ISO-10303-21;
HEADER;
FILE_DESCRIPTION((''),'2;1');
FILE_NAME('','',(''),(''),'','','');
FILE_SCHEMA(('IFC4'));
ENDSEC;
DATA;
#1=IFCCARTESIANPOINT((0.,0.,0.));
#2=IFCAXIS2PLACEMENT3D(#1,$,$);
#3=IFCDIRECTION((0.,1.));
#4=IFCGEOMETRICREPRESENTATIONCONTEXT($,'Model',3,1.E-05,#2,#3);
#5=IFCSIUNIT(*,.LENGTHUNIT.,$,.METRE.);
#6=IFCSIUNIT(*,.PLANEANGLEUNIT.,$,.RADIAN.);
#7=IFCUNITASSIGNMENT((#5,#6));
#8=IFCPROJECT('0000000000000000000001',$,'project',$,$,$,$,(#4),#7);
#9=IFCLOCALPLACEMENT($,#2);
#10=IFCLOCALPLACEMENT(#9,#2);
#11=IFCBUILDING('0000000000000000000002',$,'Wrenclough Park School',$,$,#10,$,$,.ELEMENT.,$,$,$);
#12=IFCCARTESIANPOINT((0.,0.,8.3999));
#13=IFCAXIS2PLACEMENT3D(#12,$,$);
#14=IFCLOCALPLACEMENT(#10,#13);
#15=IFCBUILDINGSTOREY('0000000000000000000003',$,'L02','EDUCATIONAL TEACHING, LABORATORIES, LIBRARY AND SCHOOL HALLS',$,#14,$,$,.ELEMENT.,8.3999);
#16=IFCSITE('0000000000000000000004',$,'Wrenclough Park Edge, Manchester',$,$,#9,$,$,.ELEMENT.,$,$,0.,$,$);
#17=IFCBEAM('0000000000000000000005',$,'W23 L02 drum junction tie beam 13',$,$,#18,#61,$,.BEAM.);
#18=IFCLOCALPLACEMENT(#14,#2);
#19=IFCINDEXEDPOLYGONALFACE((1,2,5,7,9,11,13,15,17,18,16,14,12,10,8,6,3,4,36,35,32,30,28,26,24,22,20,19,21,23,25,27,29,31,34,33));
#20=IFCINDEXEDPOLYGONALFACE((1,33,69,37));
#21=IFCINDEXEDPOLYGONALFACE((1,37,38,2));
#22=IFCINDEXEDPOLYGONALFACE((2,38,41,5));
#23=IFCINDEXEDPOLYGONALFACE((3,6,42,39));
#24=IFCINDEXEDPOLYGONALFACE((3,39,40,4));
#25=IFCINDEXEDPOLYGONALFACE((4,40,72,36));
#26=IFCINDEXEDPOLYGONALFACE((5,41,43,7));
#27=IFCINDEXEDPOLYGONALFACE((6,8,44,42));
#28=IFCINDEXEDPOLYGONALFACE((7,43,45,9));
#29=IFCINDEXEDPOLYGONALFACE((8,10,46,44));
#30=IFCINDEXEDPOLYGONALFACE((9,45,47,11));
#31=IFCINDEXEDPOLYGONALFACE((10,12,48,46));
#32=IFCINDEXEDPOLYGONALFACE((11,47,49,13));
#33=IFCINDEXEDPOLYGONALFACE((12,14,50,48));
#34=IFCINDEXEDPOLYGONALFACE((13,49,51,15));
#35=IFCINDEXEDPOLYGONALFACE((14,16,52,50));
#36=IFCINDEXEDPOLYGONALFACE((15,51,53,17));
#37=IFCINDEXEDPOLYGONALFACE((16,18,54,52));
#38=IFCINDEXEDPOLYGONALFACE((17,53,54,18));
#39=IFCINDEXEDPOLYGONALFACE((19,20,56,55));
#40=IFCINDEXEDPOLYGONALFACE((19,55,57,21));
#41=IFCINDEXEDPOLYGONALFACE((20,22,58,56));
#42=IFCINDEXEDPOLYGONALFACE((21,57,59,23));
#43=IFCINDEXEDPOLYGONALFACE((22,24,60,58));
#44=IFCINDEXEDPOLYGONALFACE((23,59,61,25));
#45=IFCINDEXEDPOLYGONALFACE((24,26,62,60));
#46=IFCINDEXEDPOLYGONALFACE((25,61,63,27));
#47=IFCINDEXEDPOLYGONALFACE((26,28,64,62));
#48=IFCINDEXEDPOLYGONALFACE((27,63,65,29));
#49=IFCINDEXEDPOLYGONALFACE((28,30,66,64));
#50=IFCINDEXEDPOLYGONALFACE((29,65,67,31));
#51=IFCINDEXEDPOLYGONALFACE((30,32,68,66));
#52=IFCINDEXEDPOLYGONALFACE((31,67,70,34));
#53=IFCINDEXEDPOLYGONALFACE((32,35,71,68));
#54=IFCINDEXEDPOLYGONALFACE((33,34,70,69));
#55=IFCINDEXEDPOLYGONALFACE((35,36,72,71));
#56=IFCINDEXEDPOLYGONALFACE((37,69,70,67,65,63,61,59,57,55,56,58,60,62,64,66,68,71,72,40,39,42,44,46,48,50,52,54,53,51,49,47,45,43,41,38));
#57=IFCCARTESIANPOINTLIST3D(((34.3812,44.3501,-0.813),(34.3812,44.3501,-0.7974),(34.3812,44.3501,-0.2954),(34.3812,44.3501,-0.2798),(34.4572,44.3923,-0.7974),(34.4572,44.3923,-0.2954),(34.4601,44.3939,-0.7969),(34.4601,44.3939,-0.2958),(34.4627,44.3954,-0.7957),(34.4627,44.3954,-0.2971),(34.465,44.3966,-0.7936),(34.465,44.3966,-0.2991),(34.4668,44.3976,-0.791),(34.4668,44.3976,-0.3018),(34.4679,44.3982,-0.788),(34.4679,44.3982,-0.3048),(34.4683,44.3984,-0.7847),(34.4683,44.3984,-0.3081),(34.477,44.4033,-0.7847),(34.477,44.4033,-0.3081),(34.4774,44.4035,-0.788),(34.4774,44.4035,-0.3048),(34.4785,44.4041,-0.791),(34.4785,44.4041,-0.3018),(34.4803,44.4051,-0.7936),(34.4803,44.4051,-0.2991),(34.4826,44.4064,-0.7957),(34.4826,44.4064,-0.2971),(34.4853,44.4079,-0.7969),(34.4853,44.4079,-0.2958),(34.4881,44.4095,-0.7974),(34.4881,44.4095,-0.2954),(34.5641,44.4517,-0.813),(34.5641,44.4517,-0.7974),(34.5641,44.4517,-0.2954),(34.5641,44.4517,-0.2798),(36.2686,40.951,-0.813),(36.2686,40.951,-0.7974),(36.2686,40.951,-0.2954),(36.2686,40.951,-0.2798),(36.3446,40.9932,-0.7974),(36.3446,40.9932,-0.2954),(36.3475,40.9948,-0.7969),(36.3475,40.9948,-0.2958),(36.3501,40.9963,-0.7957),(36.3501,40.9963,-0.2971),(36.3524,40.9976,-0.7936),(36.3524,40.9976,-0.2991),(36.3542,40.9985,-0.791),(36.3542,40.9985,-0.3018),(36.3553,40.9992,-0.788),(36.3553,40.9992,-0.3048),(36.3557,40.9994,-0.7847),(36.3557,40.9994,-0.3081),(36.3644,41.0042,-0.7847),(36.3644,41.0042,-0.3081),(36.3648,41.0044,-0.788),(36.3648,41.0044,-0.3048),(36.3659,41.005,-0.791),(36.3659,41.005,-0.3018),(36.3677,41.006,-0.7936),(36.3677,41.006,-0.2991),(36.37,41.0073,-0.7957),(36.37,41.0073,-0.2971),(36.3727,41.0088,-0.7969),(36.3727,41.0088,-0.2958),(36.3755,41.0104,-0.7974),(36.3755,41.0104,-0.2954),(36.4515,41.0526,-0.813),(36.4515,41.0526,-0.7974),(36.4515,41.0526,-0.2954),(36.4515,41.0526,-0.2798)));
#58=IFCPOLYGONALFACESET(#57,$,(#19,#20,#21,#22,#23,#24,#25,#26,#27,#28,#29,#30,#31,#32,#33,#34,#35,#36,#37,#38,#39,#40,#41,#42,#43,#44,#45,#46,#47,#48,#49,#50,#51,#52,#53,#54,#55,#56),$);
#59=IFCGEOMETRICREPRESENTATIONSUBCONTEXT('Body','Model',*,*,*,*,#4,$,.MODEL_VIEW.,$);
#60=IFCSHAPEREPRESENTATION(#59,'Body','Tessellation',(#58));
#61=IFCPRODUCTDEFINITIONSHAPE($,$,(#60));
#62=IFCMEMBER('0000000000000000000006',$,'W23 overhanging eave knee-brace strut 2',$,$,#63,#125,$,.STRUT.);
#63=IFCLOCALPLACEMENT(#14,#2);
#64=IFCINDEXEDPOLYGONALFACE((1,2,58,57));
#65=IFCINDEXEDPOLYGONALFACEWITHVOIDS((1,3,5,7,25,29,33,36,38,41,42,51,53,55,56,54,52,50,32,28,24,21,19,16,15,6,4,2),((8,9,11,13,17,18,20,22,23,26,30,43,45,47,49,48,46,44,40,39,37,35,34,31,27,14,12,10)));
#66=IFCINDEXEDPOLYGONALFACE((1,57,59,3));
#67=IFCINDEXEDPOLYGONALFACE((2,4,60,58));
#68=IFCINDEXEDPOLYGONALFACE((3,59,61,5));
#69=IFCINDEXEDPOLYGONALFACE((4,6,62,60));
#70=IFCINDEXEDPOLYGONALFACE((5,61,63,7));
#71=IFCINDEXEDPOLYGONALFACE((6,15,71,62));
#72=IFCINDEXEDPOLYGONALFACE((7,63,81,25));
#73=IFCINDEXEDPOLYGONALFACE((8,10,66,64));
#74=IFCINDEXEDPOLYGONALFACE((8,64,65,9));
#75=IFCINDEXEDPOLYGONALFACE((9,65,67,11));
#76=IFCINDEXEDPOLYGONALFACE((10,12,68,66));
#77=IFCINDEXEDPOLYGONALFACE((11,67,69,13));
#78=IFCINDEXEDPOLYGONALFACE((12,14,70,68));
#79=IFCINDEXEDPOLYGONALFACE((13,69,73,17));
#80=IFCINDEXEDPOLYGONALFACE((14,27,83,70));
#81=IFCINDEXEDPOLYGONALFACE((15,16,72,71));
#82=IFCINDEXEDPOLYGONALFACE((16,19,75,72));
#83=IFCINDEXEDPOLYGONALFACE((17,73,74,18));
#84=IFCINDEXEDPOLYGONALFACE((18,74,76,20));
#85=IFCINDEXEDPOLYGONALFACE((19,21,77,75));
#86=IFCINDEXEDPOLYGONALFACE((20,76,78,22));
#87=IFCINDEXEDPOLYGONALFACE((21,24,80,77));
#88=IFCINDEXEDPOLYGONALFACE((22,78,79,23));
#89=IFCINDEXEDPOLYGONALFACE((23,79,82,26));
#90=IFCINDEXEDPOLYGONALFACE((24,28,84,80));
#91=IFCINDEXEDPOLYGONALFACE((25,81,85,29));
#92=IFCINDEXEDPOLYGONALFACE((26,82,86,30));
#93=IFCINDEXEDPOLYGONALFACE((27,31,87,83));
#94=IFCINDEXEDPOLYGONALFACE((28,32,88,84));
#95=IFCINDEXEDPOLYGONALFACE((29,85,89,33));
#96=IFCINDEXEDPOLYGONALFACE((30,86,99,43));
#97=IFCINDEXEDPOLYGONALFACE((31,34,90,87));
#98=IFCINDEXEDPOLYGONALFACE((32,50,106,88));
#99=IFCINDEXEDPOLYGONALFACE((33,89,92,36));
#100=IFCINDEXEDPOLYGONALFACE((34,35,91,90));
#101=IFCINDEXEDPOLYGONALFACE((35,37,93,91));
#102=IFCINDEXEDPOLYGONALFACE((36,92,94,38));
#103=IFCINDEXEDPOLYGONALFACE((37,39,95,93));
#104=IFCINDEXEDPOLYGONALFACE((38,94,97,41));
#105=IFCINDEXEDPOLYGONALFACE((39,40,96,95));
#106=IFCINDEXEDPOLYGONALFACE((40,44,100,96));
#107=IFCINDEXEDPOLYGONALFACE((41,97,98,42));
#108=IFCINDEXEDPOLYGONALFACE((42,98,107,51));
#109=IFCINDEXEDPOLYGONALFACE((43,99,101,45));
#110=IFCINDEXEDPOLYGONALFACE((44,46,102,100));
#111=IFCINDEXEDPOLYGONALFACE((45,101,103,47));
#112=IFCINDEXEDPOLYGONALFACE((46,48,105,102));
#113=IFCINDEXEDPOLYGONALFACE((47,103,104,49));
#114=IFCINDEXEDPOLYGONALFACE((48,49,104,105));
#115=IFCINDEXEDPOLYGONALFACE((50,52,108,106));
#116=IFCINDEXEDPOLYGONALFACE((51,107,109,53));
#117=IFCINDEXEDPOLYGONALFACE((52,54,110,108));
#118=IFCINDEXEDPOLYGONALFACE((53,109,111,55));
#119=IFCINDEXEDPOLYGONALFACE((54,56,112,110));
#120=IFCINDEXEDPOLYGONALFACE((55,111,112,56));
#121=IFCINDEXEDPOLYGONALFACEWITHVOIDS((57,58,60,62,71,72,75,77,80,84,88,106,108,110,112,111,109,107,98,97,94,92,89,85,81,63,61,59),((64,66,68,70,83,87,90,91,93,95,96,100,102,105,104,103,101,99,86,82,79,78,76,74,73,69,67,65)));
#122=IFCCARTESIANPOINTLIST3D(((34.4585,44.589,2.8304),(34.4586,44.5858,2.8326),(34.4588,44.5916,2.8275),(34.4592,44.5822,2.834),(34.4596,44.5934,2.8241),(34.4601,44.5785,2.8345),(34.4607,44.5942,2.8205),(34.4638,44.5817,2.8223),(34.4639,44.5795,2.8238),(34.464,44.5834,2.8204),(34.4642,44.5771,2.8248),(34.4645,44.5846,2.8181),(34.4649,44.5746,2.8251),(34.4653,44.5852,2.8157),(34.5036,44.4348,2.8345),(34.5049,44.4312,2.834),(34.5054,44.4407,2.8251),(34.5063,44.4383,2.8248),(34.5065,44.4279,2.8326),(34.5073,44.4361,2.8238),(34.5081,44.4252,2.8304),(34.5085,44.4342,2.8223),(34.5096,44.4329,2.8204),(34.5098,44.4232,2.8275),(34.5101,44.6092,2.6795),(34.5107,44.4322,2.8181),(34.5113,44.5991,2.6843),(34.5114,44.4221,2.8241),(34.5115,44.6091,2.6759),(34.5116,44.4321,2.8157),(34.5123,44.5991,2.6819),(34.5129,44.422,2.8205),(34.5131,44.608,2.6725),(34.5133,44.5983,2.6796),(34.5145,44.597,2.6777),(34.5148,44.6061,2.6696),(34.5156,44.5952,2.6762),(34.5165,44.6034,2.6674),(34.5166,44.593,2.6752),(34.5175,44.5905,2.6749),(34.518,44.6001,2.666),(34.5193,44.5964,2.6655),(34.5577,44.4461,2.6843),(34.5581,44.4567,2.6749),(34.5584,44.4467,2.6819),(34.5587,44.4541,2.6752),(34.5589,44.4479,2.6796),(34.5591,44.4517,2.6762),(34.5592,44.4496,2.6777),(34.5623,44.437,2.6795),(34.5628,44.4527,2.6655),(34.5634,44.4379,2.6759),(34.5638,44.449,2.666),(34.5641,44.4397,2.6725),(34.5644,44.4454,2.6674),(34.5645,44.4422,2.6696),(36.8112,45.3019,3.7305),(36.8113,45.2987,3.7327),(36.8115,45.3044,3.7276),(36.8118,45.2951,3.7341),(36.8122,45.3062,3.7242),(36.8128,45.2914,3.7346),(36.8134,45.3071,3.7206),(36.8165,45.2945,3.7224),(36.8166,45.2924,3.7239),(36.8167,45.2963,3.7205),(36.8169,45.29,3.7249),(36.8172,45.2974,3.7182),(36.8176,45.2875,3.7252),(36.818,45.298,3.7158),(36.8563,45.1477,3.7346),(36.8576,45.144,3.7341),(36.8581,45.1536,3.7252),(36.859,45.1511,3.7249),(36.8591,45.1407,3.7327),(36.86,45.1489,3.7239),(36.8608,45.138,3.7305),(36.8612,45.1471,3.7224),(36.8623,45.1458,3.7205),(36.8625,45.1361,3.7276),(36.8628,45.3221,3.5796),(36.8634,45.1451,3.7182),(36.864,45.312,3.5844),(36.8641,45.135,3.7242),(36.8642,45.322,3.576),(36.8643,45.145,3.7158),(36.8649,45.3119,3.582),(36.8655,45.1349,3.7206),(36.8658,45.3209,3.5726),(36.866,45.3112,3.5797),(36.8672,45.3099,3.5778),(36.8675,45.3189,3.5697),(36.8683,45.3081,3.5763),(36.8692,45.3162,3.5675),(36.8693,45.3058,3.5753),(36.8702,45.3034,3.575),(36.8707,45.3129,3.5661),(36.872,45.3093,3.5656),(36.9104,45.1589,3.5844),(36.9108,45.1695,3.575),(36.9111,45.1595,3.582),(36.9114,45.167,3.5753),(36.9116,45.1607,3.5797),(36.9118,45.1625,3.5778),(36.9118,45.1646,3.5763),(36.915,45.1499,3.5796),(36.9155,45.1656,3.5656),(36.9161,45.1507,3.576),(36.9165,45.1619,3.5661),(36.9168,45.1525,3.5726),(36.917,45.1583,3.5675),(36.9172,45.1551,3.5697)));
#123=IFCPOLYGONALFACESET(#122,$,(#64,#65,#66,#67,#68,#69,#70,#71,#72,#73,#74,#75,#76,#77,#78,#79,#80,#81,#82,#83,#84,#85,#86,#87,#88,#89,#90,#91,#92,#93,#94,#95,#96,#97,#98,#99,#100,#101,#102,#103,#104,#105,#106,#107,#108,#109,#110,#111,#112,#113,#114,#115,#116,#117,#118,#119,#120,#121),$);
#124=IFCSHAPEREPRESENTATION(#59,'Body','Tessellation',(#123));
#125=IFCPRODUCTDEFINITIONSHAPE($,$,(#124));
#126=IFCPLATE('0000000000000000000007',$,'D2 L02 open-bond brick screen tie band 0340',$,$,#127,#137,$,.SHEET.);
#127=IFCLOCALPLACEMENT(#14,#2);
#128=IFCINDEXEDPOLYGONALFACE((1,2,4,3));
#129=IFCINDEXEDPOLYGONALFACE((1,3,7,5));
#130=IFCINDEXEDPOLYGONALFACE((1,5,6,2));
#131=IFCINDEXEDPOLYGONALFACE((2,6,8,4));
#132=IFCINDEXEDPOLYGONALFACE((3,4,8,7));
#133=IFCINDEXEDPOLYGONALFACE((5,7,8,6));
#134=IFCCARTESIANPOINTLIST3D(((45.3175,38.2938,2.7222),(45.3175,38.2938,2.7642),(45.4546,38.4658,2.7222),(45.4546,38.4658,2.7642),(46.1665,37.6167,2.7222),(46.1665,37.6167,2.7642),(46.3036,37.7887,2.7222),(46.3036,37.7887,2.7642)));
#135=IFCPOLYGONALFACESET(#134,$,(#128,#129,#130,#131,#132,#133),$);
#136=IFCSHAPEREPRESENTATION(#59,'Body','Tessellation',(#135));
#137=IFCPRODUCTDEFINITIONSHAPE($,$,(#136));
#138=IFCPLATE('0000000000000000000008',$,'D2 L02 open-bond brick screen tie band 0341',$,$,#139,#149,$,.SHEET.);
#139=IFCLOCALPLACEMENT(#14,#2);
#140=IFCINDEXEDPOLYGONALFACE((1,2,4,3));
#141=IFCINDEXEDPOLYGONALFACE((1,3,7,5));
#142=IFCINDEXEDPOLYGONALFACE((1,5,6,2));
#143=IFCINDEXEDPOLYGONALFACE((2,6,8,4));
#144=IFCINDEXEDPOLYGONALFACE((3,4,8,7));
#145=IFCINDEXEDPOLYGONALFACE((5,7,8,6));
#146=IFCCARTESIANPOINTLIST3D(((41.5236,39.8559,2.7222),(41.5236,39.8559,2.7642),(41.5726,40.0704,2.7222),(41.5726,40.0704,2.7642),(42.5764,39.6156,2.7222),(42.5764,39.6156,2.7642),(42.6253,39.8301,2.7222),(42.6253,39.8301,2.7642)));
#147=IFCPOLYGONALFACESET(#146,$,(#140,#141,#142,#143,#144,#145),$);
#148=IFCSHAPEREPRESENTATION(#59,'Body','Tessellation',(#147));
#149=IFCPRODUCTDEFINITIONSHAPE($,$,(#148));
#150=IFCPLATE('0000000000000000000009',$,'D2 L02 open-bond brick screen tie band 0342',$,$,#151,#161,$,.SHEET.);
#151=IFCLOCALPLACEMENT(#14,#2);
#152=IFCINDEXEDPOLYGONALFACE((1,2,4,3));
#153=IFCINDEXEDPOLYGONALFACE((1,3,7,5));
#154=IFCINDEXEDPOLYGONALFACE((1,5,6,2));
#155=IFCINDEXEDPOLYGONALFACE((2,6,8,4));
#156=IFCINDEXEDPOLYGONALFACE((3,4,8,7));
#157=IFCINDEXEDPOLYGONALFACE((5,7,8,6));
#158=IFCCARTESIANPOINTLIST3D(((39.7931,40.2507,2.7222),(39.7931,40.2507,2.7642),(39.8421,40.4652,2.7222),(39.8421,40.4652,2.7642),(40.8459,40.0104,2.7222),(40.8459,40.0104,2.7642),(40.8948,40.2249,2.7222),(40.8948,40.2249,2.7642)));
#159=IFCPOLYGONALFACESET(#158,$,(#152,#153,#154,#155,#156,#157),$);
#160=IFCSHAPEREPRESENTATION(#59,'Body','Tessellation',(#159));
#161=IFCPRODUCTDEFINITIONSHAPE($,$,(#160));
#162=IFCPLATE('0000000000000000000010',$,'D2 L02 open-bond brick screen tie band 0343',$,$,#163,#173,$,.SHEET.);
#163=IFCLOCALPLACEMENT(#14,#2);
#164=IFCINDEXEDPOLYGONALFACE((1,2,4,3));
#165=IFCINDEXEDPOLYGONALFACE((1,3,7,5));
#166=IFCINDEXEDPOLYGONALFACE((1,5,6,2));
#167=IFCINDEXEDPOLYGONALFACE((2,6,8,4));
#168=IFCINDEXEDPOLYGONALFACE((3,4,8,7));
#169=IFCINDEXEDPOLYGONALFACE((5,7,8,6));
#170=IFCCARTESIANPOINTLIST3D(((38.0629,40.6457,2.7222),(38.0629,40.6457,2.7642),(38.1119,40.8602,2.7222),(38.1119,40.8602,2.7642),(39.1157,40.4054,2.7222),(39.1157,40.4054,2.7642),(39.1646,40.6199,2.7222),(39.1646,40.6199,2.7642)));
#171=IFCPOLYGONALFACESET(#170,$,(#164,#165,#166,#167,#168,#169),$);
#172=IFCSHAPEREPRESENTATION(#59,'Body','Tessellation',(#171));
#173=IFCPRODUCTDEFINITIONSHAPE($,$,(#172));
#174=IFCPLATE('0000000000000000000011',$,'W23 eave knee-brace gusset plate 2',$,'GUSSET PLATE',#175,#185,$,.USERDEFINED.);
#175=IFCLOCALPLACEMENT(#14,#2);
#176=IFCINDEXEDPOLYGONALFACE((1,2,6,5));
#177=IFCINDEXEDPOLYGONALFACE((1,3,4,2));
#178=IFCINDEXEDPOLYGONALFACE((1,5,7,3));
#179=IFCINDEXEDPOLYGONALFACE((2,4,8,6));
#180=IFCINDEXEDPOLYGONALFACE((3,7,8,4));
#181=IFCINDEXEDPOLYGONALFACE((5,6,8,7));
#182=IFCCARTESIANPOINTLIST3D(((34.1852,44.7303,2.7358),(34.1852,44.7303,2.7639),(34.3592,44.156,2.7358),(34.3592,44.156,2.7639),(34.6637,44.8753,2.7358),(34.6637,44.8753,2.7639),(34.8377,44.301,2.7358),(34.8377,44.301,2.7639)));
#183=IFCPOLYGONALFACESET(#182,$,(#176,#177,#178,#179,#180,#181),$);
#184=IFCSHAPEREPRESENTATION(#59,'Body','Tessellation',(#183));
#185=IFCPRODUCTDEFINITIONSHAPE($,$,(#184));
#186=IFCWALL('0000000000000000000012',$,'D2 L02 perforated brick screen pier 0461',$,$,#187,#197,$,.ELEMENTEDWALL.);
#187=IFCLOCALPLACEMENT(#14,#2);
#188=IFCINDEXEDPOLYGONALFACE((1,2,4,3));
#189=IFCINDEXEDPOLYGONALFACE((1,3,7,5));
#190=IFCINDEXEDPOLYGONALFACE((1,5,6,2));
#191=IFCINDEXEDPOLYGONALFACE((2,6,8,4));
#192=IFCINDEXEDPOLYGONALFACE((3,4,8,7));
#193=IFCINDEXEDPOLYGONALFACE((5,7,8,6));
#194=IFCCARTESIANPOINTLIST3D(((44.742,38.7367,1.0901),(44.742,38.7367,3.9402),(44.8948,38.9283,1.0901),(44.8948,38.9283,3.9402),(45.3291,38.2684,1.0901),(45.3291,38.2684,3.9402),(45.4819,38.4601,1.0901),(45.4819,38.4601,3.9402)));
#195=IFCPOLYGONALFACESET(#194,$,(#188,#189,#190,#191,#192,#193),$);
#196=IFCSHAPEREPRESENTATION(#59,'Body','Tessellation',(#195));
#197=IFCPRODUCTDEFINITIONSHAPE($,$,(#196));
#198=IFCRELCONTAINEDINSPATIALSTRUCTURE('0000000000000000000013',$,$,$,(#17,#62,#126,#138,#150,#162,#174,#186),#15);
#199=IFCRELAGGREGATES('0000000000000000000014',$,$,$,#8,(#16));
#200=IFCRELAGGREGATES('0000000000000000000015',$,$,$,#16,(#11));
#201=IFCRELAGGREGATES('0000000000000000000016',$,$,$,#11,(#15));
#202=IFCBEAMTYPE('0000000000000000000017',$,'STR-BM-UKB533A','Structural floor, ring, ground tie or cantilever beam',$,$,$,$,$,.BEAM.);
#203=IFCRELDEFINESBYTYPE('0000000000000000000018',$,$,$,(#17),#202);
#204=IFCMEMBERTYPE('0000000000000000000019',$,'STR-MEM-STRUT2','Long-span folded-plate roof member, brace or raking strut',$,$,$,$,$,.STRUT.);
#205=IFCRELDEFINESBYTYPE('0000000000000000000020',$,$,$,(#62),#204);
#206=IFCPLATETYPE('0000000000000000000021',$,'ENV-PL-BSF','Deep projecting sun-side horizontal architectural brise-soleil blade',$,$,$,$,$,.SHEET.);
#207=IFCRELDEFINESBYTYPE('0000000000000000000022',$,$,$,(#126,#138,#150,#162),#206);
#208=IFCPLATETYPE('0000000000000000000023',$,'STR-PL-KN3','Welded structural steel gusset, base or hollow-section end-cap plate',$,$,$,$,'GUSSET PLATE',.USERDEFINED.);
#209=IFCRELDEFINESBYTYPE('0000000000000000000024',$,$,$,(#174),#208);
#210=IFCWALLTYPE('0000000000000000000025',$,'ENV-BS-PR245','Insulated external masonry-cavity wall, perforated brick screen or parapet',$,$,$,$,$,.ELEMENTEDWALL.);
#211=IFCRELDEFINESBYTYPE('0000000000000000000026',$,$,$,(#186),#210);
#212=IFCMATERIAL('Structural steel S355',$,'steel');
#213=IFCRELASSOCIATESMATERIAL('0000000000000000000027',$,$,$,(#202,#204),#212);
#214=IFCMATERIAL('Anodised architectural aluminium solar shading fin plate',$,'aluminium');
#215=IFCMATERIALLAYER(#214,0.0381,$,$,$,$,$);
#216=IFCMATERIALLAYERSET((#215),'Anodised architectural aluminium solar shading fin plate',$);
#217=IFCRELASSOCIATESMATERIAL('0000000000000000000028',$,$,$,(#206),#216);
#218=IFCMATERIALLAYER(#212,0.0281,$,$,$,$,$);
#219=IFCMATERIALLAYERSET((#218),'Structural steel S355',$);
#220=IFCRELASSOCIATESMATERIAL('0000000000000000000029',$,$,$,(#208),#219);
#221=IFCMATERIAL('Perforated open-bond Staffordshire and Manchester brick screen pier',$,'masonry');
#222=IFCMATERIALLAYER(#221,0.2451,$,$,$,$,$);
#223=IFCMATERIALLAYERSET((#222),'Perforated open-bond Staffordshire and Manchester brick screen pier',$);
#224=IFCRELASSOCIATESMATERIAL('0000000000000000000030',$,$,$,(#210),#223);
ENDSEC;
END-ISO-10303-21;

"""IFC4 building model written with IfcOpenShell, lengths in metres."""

from ifc_helpers import new_model, si_unit, direction, frame, frame_2d, origin, origin_2d, place, context, subcontext, project, spatial, rectangle, hollow_rectangle, i_section, extrude, material, layer, layer_set, material_profile, profile_set, type_object, element, save


model = new_model("IFC4")

# Units and contexts
model_context = context("Model", 3, precision=1e-05, world=origin(), true_north=direction((0.0, 1.0)))
body_context = subcontext(model_context, "Body", "Model", "MODEL_VIEW")
ifc_project = project(units=[si_unit("LENGTHUNIT", "METRE"), si_unit("PLANEANGLEUNIT", "RADIAN")], contexts=[model_context])

# Site, building, storey
site_placement = place(None, origin())
site = spatial("IfcSite", under=ifc_project, at=site_placement, Name="Wrenclough Park Edge, Manchester", CompositionType="ELEMENT", RefElevation=0.0)
building_placement = place(site_placement, origin())
building = spatial("IfcBuilding", under=site, at=building_placement, Name="Wrenclough Park School", CompositionType="ELEMENT")
storey_placement = place(building_placement, frame((0.0, 0.0, 8.3999)))
storey = spatial("IfcBuildingStorey", under=building, at=storey_placement, Name="L02", Description="EDUCATIONAL TEACHING, LABORATORIES, LIBRARY AND SCHOOL HALLS", CompositionType="ELEMENT", Elevation=8.3999)

# Shared definitions
ifc_material_1 = material(Name="Structural steel S355", Category="steel")

# Beam
ifc_material_profile_1 = material_profile(ifc_material_1, i_section(OverallWidth=0.2092, OverallDepth=0.5332, WebThickness=0.01, FlangeThickness=0.0156, FilletRadius=0.0127, at=origin_2d()), Name="UKB 533x210x92")
ifc_profile_set_1 = profile_set([ifc_material_profile_1], Name="Structural steel S355")
beam_type_1 = type_object("IfcBeamType", Name="STR-BM-UKB533A", Description="Structural floor, ring, ground tie or cantilever beam", PredefinedType="BEAM", material=ifc_profile_set_1)
beam_1_placement = place(storey_placement, frame((34.4727, 44.4009, -0.5464), z_axis=(0.485451, -0.874264, 0.0), x_axis=(0.874264, 0.485451, 0.0)))
element("IfcBeam", 1, at=beam_1_placement, inside=storey, type_object=beam_type_1, Name="W23 L02 drum junction tie beam 13", PredefinedType="BEAM", context=body_context, shape_type="SweptSolid", body=[
    extrude(i_section(OverallWidth=0.2092, OverallDepth=0.5332, WebThickness=0.01, FlangeThickness=0.0156, FilletRadius=0.0127, at=origin_2d()), origin(), (0.0, 0.0, 1.0), 3.8879),
])

# Member
ifc_material_profile_2 = material_profile(ifc_material_1, hollow_rectangle(XDim=0.1799, YDim=0.1799, WallThickness=0.01, InnerFilletRadius=0.01, OuterFilletRadius=0.0149, at=origin_2d()), Name="SHS 180x180x10.0")
ifc_profile_set_2 = profile_set([ifc_material_profile_2], Name="Structural steel S355")
member_type = type_object("IfcMemberType", Name="STR-MEM-STRUT2", Description="Long-span folded-plate roof member, brace or raking strut", PredefinedType="STRUT", material=ifc_profile_set_2)
member_placement = place(storey_placement, frame((34.5115, 44.5156, 2.75), z_axis=(0.898686, 0.272301, 0.343826), x_axis=(-0.28998, 0.957033, 0.0)))
element("IfcMember", 2, at=member_placement, inside=storey, type_object=member_type, Name="W23 overhanging eave knee-brace strut 2", PredefinedType="STRUT", context=body_context, shape_type="SweptSolid", body=[
    extrude(hollow_rectangle(XDim=0.1799, YDim=0.1799, WallThickness=0.01, InnerFilletRadius=0.01, OuterFilletRadius=0.0149, at=origin_2d()), origin(), (0.0, 0.0, 1.0), 2.6179),
])

# Plates
ifc_material_2 = material(Name="Anodised architectural aluminium solar shading fin plate", Category="aluminium")
ifc_layer_1 = layer(ifc_material_2, 0.0381)
ifc_layer_set_1 = layer_set([ifc_layer_1], Name="Anodised architectural aluminium solar shading fin plate")
plate_type_1 = type_object("IfcPlateType", Name="ENV-PL-BSF", Description="Deep projecting sun-side horizontal architectural brise-soleil blade", PredefinedType="SHEET", material=ifc_layer_set_1)
plate_1_placement = place(storey_placement, frame((45.8105, 38.0413, 2.7222), z_axis=(0.0, 0.0, 1.0), x_axis=(-0.78183, 0.623492, 0.0)))
element("IfcPlate", 3, at=plate_1_placement, inside=storey, type_object=plate_type_1, Name="D2 L02 open-bond brick screen tie band 0340", PredefinedType="SHEET", context=body_context, shape_type="SweptSolid", body=[
    extrude(rectangle(XDim=1.0859, YDim=0.22, at=origin_2d()), origin(), (0.0, 0.0, 1.0), 0.042),
])
for number, where, z_axis, x_axis, name in (
    (4, (42.0745, 39.843, 2.7222), (0.0, 0.0, 1.0), (-0.974925, 0.222533, 0.0), "D2 L02 open-bond brick screen tie band 0341"),
    (5, (40.344, 40.2378, 2.7222), (0.0, 0.0, 1.0), (-0.974925, 0.222533, 0.0), "D2 L02 open-bond brick screen tie band 0342"),
    (6, (38.6138, 40.6328, 2.7222), (0.0, 0.0, 1.0), (-0.974925, 0.222533, 0.0), "D2 L02 open-bond brick screen tie band 0343"),
):
    element("IfcPlate", number, at=place(storey_placement, frame(where, z_axis=z_axis, x_axis=x_axis)), inside=storey, type_object=plate_type_1, Name=name, PredefinedType="SHEET", context=body_context, shape_type="SweptSolid", body=[
        extrude(rectangle(XDim=1.0798, YDim=0.22, at=origin_2d()), origin(), (0.0, 0.0, 1.0), 0.042),
    ])
ifc_layer_2 = layer(ifc_material_1, 0.0281)
ifc_layer_set_2 = layer_set([ifc_layer_2], Name="Structural steel S355")
plate_type_2 = type_object("IfcPlateType", Name="STR-PL-KN3", Description="Welded structural steel gusset, base or hollow-section end-cap plate", ElementType="GUSSET PLATE", PredefinedType="USERDEFINED", material=ifc_layer_set_2)
plate_2_placement = place(storey_placement, frame((34.5115, 44.5156, 2.7358), z_axis=(0.0, 0.0, 1.0), x_axis=(-0.290007, 0.957024, 0.0)))
element("IfcPlate", 7, at=plate_2_placement, inside=storey, type_object=plate_type_2, Name="W23 eave knee-brace gusset plate 2", ObjectType="GUSSET PLATE", PredefinedType="USERDEFINED", context=body_context, shape_type="SweptSolid", body=[
    extrude(rectangle(XDim=0.6001, YDim=0.5, at=origin_2d()), origin(), (0.0, 0.0, 1.0), 0.0281),
])

# Wall
ifc_material_3 = material(Name="Perforated open-bond Staffordshire and Manchester brick screen pier", Category="masonry")
ifc_layer_3 = layer(ifc_material_3, 0.2451)
ifc_layer_set_3 = layer_set([ifc_layer_3], Name="Perforated open-bond Staffordshire and Manchester brick screen pier")
wall_type_1 = type_object("IfcWallType", Name="ENV-BS-PR245", Description="Insulated external masonry-cavity wall, perforated brick screen or parapet", PredefinedType="ELEMENTEDWALL", material=ifc_layer_set_3)
wall_1_placement = place(storey_placement, frame((45.4055, 38.3643, 1.0901), z_axis=(0.0, 0.0, 1.0), x_axis=(-0.781819, 0.623505, 0.0)))
element("IfcWall", 8, at=wall_1_placement, inside=storey, type_object=wall_type_1, Name="D2 L02 perforated brick screen pier 0461", PredefinedType="ELEMENTEDWALL", context=body_context, shape_type="SweptSolid", body=[
    extrude(rectangle(XDim=0.751, YDim=0.2451, at=frame_2d((0.3755, 0.0))), origin(), (0.0, 0.0, 1.0), 2.8501),
])

save(model, "model.ifc")
